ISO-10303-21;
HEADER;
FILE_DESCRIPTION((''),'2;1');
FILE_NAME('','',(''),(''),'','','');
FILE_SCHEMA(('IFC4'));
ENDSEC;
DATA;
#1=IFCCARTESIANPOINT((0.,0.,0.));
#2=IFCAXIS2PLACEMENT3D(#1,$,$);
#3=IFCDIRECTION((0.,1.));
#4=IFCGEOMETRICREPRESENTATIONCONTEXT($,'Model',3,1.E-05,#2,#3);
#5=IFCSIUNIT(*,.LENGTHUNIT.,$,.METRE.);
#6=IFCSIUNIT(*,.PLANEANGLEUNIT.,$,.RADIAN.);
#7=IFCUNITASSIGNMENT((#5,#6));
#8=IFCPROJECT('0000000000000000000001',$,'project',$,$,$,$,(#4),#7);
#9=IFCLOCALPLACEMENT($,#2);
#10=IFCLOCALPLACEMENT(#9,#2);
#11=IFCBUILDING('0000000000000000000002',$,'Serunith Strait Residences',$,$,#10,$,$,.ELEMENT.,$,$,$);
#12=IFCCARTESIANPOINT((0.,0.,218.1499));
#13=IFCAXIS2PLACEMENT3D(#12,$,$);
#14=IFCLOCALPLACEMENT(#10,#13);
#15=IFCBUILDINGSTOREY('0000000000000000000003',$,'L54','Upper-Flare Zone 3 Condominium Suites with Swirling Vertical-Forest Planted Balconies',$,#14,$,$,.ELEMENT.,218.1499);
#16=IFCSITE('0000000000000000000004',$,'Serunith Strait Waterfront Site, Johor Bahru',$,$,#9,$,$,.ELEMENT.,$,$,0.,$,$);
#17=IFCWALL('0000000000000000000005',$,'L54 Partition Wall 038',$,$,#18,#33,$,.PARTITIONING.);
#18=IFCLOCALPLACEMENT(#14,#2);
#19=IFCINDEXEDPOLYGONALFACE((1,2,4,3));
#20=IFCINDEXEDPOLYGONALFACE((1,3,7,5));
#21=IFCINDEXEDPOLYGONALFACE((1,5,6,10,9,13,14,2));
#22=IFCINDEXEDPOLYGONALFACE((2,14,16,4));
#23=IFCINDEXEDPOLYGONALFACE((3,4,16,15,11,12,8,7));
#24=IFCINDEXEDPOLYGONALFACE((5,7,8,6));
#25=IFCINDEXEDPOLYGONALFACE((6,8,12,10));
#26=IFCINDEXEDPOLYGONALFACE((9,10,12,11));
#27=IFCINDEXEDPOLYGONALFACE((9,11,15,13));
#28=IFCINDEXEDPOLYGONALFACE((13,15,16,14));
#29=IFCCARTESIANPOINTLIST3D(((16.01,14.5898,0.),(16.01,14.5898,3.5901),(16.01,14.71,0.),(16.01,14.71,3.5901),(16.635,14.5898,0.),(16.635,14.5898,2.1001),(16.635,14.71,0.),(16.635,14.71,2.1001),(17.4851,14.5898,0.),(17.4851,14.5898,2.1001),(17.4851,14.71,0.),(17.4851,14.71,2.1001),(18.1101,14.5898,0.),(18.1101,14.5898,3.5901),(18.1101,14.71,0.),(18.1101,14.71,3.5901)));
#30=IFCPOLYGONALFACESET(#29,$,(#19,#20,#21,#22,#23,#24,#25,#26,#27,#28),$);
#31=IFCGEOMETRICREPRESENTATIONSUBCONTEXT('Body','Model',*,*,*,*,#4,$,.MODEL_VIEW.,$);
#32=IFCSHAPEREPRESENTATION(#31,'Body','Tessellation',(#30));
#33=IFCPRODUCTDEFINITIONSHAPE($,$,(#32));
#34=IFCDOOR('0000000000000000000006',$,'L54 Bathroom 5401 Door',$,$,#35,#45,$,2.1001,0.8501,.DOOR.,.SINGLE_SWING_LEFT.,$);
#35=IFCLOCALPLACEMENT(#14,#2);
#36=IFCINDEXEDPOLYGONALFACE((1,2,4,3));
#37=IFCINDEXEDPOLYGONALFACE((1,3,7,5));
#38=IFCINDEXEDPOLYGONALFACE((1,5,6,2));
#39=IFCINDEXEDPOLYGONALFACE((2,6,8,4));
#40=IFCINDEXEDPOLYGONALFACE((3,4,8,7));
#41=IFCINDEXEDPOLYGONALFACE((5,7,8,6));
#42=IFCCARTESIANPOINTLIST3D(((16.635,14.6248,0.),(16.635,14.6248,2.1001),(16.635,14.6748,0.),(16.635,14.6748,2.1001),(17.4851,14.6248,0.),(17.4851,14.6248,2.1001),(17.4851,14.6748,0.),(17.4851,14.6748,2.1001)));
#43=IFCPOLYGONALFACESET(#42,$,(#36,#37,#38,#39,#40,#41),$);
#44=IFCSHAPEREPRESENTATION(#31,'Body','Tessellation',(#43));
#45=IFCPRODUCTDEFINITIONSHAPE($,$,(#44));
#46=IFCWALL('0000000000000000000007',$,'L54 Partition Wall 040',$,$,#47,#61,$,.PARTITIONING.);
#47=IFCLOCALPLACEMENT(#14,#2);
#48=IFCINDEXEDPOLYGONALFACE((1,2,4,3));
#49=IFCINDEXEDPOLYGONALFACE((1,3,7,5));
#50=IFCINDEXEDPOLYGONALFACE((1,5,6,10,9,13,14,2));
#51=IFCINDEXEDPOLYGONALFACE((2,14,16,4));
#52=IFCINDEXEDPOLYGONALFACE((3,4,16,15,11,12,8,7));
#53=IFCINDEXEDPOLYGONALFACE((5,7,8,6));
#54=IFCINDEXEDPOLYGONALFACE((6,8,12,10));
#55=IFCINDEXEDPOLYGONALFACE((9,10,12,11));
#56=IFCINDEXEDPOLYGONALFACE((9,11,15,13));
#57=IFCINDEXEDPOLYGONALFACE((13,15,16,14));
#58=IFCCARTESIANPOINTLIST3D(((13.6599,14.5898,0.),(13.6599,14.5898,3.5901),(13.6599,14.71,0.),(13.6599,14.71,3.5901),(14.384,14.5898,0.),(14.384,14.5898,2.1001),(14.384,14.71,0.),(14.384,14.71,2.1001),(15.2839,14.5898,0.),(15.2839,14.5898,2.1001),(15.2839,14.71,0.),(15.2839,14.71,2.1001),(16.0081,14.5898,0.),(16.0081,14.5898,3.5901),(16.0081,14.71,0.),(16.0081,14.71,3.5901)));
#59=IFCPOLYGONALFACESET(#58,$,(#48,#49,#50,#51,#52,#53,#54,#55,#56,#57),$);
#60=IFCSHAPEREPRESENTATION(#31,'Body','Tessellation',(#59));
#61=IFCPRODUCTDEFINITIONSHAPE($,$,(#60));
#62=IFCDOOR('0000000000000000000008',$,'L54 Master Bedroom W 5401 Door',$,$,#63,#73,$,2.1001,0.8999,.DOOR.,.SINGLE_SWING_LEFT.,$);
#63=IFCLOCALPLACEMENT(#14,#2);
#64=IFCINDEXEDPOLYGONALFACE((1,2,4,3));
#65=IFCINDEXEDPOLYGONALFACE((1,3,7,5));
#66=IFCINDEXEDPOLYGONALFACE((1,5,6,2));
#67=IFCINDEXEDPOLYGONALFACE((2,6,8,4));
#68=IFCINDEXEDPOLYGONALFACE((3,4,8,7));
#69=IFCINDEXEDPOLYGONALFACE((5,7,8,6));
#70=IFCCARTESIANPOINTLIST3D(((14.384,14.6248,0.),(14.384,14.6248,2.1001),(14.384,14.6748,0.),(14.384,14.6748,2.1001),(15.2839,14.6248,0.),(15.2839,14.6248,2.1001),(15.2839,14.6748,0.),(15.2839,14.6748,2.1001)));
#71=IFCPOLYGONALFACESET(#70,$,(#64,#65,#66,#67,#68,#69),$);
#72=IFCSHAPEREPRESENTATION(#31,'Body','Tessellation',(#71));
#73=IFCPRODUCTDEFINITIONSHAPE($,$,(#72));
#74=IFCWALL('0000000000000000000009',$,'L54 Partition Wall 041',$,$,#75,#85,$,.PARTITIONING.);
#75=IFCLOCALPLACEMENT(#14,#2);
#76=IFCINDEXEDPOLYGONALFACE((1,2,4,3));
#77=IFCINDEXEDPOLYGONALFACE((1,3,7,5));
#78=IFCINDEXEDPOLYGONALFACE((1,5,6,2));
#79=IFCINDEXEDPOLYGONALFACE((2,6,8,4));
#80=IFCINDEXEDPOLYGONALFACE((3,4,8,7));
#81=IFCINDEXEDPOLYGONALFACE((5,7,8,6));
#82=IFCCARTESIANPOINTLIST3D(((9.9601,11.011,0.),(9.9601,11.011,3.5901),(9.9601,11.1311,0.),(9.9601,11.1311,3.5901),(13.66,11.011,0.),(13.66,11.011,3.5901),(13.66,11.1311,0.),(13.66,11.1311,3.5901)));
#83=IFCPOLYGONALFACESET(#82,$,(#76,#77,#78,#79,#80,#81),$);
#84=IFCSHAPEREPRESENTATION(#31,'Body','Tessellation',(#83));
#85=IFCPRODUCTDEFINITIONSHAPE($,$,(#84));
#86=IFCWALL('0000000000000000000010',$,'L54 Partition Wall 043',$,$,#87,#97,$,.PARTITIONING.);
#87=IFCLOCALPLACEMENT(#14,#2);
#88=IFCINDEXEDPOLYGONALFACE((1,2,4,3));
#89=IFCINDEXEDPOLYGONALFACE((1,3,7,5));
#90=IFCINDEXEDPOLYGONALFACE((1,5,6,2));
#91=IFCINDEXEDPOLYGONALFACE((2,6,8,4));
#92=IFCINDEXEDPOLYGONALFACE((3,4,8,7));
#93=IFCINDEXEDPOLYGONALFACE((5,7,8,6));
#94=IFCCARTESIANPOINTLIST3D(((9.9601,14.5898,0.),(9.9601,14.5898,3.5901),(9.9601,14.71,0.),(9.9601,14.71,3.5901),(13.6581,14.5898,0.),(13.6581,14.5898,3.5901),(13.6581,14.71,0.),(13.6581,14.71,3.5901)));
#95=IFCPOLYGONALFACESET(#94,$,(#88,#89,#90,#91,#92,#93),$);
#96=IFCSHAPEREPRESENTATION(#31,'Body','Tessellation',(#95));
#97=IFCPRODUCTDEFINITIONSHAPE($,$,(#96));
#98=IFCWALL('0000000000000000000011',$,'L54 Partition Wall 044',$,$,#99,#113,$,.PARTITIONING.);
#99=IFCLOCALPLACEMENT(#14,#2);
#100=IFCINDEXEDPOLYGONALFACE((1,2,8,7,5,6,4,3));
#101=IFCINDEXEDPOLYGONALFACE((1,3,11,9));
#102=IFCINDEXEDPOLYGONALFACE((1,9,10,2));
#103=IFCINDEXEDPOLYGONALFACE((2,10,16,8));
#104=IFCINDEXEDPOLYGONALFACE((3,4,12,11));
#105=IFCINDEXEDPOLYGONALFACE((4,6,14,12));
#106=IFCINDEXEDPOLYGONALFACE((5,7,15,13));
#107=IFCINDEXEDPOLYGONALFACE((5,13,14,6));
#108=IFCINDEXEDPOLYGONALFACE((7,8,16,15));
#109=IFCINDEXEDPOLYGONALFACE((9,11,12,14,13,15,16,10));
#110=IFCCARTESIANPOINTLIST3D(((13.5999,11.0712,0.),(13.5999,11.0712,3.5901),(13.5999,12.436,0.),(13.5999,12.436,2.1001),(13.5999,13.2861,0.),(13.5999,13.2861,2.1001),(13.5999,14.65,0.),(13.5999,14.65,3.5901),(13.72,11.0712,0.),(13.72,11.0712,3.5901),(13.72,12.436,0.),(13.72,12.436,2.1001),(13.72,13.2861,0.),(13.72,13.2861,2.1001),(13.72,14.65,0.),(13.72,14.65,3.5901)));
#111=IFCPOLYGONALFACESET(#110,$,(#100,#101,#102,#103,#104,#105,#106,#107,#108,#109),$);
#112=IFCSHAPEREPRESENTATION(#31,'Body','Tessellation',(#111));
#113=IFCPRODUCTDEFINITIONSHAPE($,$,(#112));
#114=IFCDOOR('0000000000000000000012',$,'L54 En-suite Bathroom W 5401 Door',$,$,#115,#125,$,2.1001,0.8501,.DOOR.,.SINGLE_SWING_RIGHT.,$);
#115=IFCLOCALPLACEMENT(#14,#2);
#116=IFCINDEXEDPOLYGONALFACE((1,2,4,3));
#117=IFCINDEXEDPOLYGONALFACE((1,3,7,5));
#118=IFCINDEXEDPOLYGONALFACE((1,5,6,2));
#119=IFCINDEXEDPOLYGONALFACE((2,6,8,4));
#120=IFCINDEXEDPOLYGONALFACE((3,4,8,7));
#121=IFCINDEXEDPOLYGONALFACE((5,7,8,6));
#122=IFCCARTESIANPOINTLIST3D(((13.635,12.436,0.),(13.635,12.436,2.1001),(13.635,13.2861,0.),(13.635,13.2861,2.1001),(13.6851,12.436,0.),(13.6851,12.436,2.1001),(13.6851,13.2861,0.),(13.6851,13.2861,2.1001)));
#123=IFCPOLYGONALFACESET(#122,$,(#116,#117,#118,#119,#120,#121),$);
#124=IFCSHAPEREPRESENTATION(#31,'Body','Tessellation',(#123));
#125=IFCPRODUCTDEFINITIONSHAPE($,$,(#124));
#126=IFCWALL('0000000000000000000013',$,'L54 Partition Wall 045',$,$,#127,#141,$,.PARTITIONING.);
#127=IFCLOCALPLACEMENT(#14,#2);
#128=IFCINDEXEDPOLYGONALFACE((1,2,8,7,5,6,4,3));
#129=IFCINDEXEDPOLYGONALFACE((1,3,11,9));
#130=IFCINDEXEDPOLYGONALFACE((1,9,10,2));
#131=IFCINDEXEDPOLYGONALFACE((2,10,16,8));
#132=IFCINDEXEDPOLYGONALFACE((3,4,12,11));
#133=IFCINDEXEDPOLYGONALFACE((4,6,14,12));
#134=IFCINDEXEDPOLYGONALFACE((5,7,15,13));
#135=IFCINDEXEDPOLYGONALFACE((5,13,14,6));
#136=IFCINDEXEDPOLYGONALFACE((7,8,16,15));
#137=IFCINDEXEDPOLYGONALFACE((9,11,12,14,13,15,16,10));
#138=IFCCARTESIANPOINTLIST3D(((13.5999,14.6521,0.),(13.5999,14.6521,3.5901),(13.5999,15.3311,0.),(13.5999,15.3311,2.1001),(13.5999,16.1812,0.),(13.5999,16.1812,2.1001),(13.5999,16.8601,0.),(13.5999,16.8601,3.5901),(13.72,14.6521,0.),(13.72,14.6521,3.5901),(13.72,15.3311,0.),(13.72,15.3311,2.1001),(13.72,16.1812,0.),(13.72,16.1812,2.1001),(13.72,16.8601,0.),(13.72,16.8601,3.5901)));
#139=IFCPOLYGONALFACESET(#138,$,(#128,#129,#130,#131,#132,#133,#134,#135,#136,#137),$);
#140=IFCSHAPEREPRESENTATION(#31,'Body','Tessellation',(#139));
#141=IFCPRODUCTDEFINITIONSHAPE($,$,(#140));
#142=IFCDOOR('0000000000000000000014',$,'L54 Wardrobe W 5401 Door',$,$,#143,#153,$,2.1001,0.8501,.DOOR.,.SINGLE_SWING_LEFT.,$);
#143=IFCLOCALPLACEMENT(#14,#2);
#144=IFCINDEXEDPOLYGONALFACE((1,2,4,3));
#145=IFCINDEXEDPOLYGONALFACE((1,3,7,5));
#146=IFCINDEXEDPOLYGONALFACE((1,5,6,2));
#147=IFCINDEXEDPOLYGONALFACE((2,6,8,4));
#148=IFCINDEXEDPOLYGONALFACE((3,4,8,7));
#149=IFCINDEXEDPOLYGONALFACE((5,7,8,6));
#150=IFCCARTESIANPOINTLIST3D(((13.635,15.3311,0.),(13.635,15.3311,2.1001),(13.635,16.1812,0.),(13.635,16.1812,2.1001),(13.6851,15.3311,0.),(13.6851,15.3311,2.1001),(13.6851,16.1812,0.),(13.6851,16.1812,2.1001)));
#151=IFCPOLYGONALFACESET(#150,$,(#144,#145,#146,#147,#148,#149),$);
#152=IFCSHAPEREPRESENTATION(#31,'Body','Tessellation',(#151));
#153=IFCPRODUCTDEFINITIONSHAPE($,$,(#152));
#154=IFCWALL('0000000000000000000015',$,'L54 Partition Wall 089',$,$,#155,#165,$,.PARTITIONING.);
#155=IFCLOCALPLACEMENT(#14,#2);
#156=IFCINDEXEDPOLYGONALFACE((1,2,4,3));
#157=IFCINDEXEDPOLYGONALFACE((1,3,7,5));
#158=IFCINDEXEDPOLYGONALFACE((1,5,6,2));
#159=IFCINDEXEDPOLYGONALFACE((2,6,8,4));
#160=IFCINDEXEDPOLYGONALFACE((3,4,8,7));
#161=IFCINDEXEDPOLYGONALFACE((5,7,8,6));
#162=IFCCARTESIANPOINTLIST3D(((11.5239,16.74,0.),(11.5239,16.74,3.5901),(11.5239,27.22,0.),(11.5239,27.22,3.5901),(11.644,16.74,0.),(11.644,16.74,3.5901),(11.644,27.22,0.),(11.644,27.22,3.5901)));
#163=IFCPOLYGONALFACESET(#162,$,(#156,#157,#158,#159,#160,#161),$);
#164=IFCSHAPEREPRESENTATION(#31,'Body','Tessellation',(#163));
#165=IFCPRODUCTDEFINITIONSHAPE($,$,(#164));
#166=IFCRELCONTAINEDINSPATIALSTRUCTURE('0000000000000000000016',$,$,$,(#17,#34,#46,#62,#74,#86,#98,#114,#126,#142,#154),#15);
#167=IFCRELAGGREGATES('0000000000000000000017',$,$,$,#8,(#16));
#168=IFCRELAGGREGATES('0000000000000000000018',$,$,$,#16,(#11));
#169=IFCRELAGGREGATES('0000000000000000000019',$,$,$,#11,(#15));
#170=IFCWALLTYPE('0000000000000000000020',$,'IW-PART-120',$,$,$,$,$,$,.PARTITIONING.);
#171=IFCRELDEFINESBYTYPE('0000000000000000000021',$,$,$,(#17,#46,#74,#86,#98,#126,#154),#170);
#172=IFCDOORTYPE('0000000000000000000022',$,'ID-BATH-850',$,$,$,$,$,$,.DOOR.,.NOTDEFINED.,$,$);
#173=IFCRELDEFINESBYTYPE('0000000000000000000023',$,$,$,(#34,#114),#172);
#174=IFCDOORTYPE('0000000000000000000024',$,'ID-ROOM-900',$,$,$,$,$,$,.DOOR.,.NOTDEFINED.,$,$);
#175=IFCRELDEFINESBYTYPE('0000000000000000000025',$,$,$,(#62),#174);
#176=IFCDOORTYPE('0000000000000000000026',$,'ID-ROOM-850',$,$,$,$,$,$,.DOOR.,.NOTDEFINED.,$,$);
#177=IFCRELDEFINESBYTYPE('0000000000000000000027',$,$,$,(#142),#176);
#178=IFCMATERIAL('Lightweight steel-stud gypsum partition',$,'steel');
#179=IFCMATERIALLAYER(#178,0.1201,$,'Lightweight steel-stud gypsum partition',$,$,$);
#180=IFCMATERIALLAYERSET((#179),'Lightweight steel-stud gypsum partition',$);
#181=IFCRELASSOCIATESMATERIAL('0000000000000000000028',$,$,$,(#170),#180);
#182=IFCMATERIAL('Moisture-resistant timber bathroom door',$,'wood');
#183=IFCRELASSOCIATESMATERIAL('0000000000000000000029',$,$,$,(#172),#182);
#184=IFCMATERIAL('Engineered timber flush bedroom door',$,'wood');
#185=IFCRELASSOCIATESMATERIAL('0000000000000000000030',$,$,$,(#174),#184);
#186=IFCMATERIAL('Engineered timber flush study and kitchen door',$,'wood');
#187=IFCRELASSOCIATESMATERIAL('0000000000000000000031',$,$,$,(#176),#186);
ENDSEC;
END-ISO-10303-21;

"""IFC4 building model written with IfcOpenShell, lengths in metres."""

from ifc_helpers import new_model, si_unit, direction, frame, frame_2d, origin, place, context, subcontext, project, spatial, rectangle, extrude, source, transform, mapped, material, layer, layer_set, type_object, element, fill, save


model = new_model("IFC4")

# Units and contexts
model_context = context("Model", 3, precision=1e-05, world=origin(), true_north=direction((0.0, 1.0)))
body_context = subcontext(model_context, "Body", "Model", "MODEL_VIEW")
ifc_project = project(units=[si_unit("LENGTHUNIT", "METRE"), si_unit("PLANEANGLEUNIT", "RADIAN")], contexts=[model_context])

# Site, building, storey
site_placement = place(None, origin())
site = spatial("IfcSite", under=ifc_project, at=site_placement, Name="Serunith Strait Waterfront Site, Johor Bahru", CompositionType="ELEMENT", RefElevation=0.0)
building_placement = place(site_placement, origin())
building = spatial("IfcBuilding", under=site, at=building_placement, Name="Serunith Strait Residences", CompositionType="ELEMENT")
storey_placement = place(building_placement, frame((0.0, 0.0, 218.1499)))
storey = spatial("IfcBuildingStorey", under=building, at=storey_placement, Name="L54", Description="Upper-Flare Zone 3 Condominium Suites with Swirling Vertical-Forest Planted Balconies", CompositionType="ELEMENT", Elevation=218.1499)

# Walls, openings, doors
ifc_material_1 = material(Name="Lightweight steel-stud gypsum partition", Category="steel")
ifc_layer_1 = layer(ifc_material_1, 0.1201, Name="Lightweight steel-stud gypsum partition")
ifc_layer_set_1 = layer_set([ifc_layer_1], Name="Lightweight steel-stud gypsum partition")
wall_type_1 = type_object("IfcWallType", Name="IW-PART-120", PredefinedType="PARTITIONING", material=ifc_layer_set_1)
wall_1_placement = place(storey_placement, frame((16.01, 14.6499, 0.0), z_axis=(0.0, 0.0, 1.0), x_axis=(1.0, 0.0, 0.0)))
wall_1 = element("IfcWall", 1, at=wall_1_placement, inside=storey, type_object=wall_type_1, Name="L54 Partition Wall 038", PredefinedType="PARTITIONING", context=body_context, shape_type="SweptSolid", body=[
    extrude(rectangle(XDim=2.1001, YDim=0.1201, at=frame_2d((1.05, 0.0))), origin(), (0.0, 0.0, 1.0), 3.5901),
])
opening_1_placement = place(wall_1_placement, frame((0.625, 0.0, 0.0)))
opening_1 = element("IfcOpeningElement", 2, at=opening_1_placement, cuts=wall_1, PredefinedType="OPENING", context=body_context, shape_type="SweptSolid", body=[
    extrude(rectangle(XDim=0.8501, YDim=2.1001, at=frame_2d((0.425, 1.05))), frame((0.0, 0.0701, 0.0), z_axis=(0.0, -1.0, 0.0), x_axis=(1.0, 0.0, 0.0)), (0.0, 0.0, 1.0), 0.1401),
])
ifc_material_2 = material(Name="Moisture-resistant timber bathroom door", Category="wood")
door_type_1 = type_object("IfcDoorType", Name="ID-BATH-850", OperationType="NOTDEFINED", PredefinedType="DOOR", material=ifc_material_2)
shared_shape_1 = source(origin(), body_context, "Body", "SweptSolid", [
    extrude(rectangle(XDim=0.8501, YDim=2.1001, at=frame_2d((0.425, 1.05))), frame((0.0, 0.0249, 0.0), z_axis=(0.0, -1.0, 0.0), x_axis=(1.0, 0.0, 0.0)), (0.0, 0.0, 1.0), 0.05),
])
door_1_placement = place(opening_1_placement, origin())
door_1 = element("IfcDoor", 3, at=door_1_placement, inside=storey, type_object=door_type_1, Name="L54 Bathroom 5401 Door", OperationType="SINGLE_SWING_LEFT", OverallHeight=2.1001, OverallWidth=0.8501, PredefinedType="DOOR", context=body_context, shape_type="MappedRepresentation", body=[
    mapped(shared_shape_1, transform((0.0, 0.0, 0.0), scale=1.0)),
])
fill(opening_1, door_1)
wall_2_placement = place(storey_placement, frame((13.6599, 14.6499, 0.0), z_axis=(0.0, 0.0, 1.0), x_axis=(1.0, 0.0, 0.0)))
wall_2 = element("IfcWall", 4, at=wall_2_placement, inside=storey, type_object=wall_type_1, Name="L54 Partition Wall 040", PredefinedType="PARTITIONING", context=body_context, shape_type="SweptSolid", body=[
    extrude(rectangle(XDim=2.3481, YDim=0.1201, at=frame_2d((1.1741, 0.0))), origin(), (0.0, 0.0, 1.0), 3.5901),
])
opening_2_placement = place(wall_2_placement, frame((0.7241, 0.0, 0.0)))
opening_2 = element("IfcOpeningElement", 5, at=opening_2_placement, cuts=wall_2, PredefinedType="OPENING", context=body_context, shape_type="SweptSolid", body=[
    extrude(rectangle(XDim=0.8999, YDim=2.1001, at=frame_2d((0.45, 1.05))), frame((0.0, 0.0701, 0.0), z_axis=(0.0, -1.0, 0.0), x_axis=(1.0, 0.0, 0.0)), (0.0, 0.0, 1.0), 0.1401),
])
ifc_material_3 = material(Name="Engineered timber flush bedroom door", Category="wood")
door_type_2 = type_object("IfcDoorType", Name="ID-ROOM-900", OperationType="NOTDEFINED", PredefinedType="DOOR", material=ifc_material_3)
shared_shape_2 = source(origin(), body_context, "Body", "SweptSolid", [
    extrude(rectangle(XDim=0.8999, YDim=2.1001, at=frame_2d((0.45, 1.05))), frame((0.0, 0.0249, 0.0), z_axis=(0.0, -1.0, 0.0), x_axis=(1.0, 0.0, 0.0)), (0.0, 0.0, 1.0), 0.05),
])
door_2_placement = place(opening_2_placement, origin())
door_2 = element("IfcDoor", 6, at=door_2_placement, inside=storey, type_object=door_type_2, Name="L54 Master Bedroom W 5401 Door", OperationType="SINGLE_SWING_LEFT", OverallHeight=2.1001, OverallWidth=0.8999, PredefinedType="DOOR", context=body_context, shape_type="MappedRepresentation", body=[
    mapped(shared_shape_2, transform((0.0, 0.0, 0.0), scale=1.0)),
])
fill(opening_2, door_2)

# Walls
wall_3_placement = place(storey_placement, frame((9.96, 11.071, 0.0), z_axis=(0.0, 0.0, 1.0), x_axis=(1.0, 0.0, 0.0)))
element("IfcWall", 7, at=wall_3_placement, inside=storey, type_object=wall_type_1, Name="L54 Partition Wall 041", PredefinedType="PARTITIONING", context=body_context, shape_type="SweptSolid", body=[
    extrude(rectangle(XDim=3.7, YDim=0.1201, at=frame_2d((1.8501, 0.0))), origin(), (0.0, 0.0, 1.0), 3.5901),
])
wall_4_placement = place(storey_placement, frame((9.96, 14.6499, 0.0), z_axis=(0.0, 0.0, 1.0), x_axis=(1.0, 0.0, 0.0)))
element("IfcWall", 8, at=wall_4_placement, inside=storey, type_object=wall_type_1, Name="L54 Partition Wall 043", PredefinedType="PARTITIONING", context=body_context, shape_type="SweptSolid", body=[
    extrude(rectangle(XDim=3.698, YDim=0.1201, at=frame_2d((1.8491, 0.0))), origin(), (0.0, 0.0, 1.0), 3.5901),
])

# Walls, openings, doors
wall_5_placement = place(storey_placement, frame((13.6599, 11.071, 0.0), z_axis=(0.0, 0.0, 1.0), x_axis=(0.0, 1.0, 0.0)))
wall_5 = element("IfcWall", 9, at=wall_5_placement, inside=storey, type_object=wall_type_1, Name="L54 Partition Wall 044", PredefinedType="PARTITIONING", context=body_context, shape_type="SweptSolid", body=[
    extrude(rectangle(XDim=3.5789, YDim=0.1201, at=frame_2d((1.7896, 0.0))), origin(), (0.0, 0.0, 1.0), 3.5901),
])
opening_3_placement = place(wall_5_placement, frame((1.365, 0.0, 0.0)))
opening_3 = element("IfcOpeningElement", 10, at=opening_3_placement, cuts=wall_5, PredefinedType="OPENING", context=body_context, shape_type="SweptSolid", body=[
    extrude(rectangle(XDim=0.8501, YDim=2.1001, at=frame_2d((0.425, 1.05))), frame((0.0, 0.0701, 0.0), z_axis=(0.0, -1.0, 0.0), x_axis=(1.0, 0.0, 0.0)), (0.0, 0.0, 1.0), 0.1401),
])
door_3_placement = place(opening_3_placement, origin())
door_3 = element("IfcDoor", 11, at=door_3_placement, inside=storey, type_object=door_type_1, Name="L54 En-suite Bathroom W 5401 Door", OperationType="SINGLE_SWING_RIGHT", OverallHeight=2.1001, OverallWidth=0.8501, PredefinedType="DOOR", context=body_context, shape_type="MappedRepresentation", body=[
    mapped(shared_shape_1, transform((0.0, 0.0, 0.0), scale=1.0)),
])
fill(opening_3, door_3)
wall_6_placement = place(storey_placement, frame((13.6599, 14.6521, 0.0), z_axis=(0.0, 0.0, 1.0), x_axis=(0.0, 1.0, 0.0)))
wall_6 = element("IfcWall", 12, at=wall_6_placement, inside=storey, type_object=wall_type_1, Name="L54 Partition Wall 045", PredefinedType="PARTITIONING", context=body_context, shape_type="SweptSolid", body=[
    extrude(rectangle(XDim=2.208, YDim=0.1201, at=frame_2d((1.104, 0.0))), origin(), (0.0, 0.0, 1.0), 3.5901),
])
opening_4_placement = place(wall_6_placement, frame((0.679, 0.0, 0.0)))
opening_4 = element("IfcOpeningElement", 13, at=opening_4_placement, cuts=wall_6, PredefinedType="OPENING", context=body_context, shape_type="SweptSolid", body=[
    extrude(rectangle(XDim=0.8501, YDim=2.1001, at=frame_2d((0.425, 1.05))), frame((0.0, 0.0701, 0.0), z_axis=(0.0, -1.0, 0.0), x_axis=(1.0, 0.0, 0.0)), (0.0, 0.0, 1.0), 0.1401),
])
ifc_material_4 = material(Name="Engineered timber flush study and kitchen door", Category="wood")
door_type_3 = type_object("IfcDoorType", Name="ID-ROOM-850", OperationType="NOTDEFINED", PredefinedType="DOOR", material=ifc_material_4)
door_4_placement = place(opening_4_placement, origin())
door_4 = element("IfcDoor", 14, at=door_4_placement, inside=storey, type_object=door_type_3, Name="L54 Wardrobe W 5401 Door", OperationType="SINGLE_SWING_LEFT", OverallHeight=2.1001, OverallWidth=0.8501, PredefinedType="DOOR", context=body_context, shape_type="MappedRepresentation", body=[
    mapped(shared_shape_1, transform((0.0, 0.0, 0.0), scale=1.0)),
])
fill(opening_4, door_4)

# Wall
wall_7_placement = place(storey_placement, frame((11.584, 16.74, 0.0), z_axis=(0.0, 0.0, 1.0), x_axis=(0.0, 1.0, 0.0)))
element("IfcWall", 15, at=wall_7_placement, inside=storey, type_object=wall_type_1, Name="L54 Partition Wall 089", PredefinedType="PARTITIONING", context=body_context, shape_type="SweptSolid", body=[
    extrude(rectangle(XDim=10.48, YDim=0.1201, at=frame_2d((5.24, 0.0))), origin(), (0.0, 0.0, 1.0), 3.5901),
])

save(model, "model.ifc")
